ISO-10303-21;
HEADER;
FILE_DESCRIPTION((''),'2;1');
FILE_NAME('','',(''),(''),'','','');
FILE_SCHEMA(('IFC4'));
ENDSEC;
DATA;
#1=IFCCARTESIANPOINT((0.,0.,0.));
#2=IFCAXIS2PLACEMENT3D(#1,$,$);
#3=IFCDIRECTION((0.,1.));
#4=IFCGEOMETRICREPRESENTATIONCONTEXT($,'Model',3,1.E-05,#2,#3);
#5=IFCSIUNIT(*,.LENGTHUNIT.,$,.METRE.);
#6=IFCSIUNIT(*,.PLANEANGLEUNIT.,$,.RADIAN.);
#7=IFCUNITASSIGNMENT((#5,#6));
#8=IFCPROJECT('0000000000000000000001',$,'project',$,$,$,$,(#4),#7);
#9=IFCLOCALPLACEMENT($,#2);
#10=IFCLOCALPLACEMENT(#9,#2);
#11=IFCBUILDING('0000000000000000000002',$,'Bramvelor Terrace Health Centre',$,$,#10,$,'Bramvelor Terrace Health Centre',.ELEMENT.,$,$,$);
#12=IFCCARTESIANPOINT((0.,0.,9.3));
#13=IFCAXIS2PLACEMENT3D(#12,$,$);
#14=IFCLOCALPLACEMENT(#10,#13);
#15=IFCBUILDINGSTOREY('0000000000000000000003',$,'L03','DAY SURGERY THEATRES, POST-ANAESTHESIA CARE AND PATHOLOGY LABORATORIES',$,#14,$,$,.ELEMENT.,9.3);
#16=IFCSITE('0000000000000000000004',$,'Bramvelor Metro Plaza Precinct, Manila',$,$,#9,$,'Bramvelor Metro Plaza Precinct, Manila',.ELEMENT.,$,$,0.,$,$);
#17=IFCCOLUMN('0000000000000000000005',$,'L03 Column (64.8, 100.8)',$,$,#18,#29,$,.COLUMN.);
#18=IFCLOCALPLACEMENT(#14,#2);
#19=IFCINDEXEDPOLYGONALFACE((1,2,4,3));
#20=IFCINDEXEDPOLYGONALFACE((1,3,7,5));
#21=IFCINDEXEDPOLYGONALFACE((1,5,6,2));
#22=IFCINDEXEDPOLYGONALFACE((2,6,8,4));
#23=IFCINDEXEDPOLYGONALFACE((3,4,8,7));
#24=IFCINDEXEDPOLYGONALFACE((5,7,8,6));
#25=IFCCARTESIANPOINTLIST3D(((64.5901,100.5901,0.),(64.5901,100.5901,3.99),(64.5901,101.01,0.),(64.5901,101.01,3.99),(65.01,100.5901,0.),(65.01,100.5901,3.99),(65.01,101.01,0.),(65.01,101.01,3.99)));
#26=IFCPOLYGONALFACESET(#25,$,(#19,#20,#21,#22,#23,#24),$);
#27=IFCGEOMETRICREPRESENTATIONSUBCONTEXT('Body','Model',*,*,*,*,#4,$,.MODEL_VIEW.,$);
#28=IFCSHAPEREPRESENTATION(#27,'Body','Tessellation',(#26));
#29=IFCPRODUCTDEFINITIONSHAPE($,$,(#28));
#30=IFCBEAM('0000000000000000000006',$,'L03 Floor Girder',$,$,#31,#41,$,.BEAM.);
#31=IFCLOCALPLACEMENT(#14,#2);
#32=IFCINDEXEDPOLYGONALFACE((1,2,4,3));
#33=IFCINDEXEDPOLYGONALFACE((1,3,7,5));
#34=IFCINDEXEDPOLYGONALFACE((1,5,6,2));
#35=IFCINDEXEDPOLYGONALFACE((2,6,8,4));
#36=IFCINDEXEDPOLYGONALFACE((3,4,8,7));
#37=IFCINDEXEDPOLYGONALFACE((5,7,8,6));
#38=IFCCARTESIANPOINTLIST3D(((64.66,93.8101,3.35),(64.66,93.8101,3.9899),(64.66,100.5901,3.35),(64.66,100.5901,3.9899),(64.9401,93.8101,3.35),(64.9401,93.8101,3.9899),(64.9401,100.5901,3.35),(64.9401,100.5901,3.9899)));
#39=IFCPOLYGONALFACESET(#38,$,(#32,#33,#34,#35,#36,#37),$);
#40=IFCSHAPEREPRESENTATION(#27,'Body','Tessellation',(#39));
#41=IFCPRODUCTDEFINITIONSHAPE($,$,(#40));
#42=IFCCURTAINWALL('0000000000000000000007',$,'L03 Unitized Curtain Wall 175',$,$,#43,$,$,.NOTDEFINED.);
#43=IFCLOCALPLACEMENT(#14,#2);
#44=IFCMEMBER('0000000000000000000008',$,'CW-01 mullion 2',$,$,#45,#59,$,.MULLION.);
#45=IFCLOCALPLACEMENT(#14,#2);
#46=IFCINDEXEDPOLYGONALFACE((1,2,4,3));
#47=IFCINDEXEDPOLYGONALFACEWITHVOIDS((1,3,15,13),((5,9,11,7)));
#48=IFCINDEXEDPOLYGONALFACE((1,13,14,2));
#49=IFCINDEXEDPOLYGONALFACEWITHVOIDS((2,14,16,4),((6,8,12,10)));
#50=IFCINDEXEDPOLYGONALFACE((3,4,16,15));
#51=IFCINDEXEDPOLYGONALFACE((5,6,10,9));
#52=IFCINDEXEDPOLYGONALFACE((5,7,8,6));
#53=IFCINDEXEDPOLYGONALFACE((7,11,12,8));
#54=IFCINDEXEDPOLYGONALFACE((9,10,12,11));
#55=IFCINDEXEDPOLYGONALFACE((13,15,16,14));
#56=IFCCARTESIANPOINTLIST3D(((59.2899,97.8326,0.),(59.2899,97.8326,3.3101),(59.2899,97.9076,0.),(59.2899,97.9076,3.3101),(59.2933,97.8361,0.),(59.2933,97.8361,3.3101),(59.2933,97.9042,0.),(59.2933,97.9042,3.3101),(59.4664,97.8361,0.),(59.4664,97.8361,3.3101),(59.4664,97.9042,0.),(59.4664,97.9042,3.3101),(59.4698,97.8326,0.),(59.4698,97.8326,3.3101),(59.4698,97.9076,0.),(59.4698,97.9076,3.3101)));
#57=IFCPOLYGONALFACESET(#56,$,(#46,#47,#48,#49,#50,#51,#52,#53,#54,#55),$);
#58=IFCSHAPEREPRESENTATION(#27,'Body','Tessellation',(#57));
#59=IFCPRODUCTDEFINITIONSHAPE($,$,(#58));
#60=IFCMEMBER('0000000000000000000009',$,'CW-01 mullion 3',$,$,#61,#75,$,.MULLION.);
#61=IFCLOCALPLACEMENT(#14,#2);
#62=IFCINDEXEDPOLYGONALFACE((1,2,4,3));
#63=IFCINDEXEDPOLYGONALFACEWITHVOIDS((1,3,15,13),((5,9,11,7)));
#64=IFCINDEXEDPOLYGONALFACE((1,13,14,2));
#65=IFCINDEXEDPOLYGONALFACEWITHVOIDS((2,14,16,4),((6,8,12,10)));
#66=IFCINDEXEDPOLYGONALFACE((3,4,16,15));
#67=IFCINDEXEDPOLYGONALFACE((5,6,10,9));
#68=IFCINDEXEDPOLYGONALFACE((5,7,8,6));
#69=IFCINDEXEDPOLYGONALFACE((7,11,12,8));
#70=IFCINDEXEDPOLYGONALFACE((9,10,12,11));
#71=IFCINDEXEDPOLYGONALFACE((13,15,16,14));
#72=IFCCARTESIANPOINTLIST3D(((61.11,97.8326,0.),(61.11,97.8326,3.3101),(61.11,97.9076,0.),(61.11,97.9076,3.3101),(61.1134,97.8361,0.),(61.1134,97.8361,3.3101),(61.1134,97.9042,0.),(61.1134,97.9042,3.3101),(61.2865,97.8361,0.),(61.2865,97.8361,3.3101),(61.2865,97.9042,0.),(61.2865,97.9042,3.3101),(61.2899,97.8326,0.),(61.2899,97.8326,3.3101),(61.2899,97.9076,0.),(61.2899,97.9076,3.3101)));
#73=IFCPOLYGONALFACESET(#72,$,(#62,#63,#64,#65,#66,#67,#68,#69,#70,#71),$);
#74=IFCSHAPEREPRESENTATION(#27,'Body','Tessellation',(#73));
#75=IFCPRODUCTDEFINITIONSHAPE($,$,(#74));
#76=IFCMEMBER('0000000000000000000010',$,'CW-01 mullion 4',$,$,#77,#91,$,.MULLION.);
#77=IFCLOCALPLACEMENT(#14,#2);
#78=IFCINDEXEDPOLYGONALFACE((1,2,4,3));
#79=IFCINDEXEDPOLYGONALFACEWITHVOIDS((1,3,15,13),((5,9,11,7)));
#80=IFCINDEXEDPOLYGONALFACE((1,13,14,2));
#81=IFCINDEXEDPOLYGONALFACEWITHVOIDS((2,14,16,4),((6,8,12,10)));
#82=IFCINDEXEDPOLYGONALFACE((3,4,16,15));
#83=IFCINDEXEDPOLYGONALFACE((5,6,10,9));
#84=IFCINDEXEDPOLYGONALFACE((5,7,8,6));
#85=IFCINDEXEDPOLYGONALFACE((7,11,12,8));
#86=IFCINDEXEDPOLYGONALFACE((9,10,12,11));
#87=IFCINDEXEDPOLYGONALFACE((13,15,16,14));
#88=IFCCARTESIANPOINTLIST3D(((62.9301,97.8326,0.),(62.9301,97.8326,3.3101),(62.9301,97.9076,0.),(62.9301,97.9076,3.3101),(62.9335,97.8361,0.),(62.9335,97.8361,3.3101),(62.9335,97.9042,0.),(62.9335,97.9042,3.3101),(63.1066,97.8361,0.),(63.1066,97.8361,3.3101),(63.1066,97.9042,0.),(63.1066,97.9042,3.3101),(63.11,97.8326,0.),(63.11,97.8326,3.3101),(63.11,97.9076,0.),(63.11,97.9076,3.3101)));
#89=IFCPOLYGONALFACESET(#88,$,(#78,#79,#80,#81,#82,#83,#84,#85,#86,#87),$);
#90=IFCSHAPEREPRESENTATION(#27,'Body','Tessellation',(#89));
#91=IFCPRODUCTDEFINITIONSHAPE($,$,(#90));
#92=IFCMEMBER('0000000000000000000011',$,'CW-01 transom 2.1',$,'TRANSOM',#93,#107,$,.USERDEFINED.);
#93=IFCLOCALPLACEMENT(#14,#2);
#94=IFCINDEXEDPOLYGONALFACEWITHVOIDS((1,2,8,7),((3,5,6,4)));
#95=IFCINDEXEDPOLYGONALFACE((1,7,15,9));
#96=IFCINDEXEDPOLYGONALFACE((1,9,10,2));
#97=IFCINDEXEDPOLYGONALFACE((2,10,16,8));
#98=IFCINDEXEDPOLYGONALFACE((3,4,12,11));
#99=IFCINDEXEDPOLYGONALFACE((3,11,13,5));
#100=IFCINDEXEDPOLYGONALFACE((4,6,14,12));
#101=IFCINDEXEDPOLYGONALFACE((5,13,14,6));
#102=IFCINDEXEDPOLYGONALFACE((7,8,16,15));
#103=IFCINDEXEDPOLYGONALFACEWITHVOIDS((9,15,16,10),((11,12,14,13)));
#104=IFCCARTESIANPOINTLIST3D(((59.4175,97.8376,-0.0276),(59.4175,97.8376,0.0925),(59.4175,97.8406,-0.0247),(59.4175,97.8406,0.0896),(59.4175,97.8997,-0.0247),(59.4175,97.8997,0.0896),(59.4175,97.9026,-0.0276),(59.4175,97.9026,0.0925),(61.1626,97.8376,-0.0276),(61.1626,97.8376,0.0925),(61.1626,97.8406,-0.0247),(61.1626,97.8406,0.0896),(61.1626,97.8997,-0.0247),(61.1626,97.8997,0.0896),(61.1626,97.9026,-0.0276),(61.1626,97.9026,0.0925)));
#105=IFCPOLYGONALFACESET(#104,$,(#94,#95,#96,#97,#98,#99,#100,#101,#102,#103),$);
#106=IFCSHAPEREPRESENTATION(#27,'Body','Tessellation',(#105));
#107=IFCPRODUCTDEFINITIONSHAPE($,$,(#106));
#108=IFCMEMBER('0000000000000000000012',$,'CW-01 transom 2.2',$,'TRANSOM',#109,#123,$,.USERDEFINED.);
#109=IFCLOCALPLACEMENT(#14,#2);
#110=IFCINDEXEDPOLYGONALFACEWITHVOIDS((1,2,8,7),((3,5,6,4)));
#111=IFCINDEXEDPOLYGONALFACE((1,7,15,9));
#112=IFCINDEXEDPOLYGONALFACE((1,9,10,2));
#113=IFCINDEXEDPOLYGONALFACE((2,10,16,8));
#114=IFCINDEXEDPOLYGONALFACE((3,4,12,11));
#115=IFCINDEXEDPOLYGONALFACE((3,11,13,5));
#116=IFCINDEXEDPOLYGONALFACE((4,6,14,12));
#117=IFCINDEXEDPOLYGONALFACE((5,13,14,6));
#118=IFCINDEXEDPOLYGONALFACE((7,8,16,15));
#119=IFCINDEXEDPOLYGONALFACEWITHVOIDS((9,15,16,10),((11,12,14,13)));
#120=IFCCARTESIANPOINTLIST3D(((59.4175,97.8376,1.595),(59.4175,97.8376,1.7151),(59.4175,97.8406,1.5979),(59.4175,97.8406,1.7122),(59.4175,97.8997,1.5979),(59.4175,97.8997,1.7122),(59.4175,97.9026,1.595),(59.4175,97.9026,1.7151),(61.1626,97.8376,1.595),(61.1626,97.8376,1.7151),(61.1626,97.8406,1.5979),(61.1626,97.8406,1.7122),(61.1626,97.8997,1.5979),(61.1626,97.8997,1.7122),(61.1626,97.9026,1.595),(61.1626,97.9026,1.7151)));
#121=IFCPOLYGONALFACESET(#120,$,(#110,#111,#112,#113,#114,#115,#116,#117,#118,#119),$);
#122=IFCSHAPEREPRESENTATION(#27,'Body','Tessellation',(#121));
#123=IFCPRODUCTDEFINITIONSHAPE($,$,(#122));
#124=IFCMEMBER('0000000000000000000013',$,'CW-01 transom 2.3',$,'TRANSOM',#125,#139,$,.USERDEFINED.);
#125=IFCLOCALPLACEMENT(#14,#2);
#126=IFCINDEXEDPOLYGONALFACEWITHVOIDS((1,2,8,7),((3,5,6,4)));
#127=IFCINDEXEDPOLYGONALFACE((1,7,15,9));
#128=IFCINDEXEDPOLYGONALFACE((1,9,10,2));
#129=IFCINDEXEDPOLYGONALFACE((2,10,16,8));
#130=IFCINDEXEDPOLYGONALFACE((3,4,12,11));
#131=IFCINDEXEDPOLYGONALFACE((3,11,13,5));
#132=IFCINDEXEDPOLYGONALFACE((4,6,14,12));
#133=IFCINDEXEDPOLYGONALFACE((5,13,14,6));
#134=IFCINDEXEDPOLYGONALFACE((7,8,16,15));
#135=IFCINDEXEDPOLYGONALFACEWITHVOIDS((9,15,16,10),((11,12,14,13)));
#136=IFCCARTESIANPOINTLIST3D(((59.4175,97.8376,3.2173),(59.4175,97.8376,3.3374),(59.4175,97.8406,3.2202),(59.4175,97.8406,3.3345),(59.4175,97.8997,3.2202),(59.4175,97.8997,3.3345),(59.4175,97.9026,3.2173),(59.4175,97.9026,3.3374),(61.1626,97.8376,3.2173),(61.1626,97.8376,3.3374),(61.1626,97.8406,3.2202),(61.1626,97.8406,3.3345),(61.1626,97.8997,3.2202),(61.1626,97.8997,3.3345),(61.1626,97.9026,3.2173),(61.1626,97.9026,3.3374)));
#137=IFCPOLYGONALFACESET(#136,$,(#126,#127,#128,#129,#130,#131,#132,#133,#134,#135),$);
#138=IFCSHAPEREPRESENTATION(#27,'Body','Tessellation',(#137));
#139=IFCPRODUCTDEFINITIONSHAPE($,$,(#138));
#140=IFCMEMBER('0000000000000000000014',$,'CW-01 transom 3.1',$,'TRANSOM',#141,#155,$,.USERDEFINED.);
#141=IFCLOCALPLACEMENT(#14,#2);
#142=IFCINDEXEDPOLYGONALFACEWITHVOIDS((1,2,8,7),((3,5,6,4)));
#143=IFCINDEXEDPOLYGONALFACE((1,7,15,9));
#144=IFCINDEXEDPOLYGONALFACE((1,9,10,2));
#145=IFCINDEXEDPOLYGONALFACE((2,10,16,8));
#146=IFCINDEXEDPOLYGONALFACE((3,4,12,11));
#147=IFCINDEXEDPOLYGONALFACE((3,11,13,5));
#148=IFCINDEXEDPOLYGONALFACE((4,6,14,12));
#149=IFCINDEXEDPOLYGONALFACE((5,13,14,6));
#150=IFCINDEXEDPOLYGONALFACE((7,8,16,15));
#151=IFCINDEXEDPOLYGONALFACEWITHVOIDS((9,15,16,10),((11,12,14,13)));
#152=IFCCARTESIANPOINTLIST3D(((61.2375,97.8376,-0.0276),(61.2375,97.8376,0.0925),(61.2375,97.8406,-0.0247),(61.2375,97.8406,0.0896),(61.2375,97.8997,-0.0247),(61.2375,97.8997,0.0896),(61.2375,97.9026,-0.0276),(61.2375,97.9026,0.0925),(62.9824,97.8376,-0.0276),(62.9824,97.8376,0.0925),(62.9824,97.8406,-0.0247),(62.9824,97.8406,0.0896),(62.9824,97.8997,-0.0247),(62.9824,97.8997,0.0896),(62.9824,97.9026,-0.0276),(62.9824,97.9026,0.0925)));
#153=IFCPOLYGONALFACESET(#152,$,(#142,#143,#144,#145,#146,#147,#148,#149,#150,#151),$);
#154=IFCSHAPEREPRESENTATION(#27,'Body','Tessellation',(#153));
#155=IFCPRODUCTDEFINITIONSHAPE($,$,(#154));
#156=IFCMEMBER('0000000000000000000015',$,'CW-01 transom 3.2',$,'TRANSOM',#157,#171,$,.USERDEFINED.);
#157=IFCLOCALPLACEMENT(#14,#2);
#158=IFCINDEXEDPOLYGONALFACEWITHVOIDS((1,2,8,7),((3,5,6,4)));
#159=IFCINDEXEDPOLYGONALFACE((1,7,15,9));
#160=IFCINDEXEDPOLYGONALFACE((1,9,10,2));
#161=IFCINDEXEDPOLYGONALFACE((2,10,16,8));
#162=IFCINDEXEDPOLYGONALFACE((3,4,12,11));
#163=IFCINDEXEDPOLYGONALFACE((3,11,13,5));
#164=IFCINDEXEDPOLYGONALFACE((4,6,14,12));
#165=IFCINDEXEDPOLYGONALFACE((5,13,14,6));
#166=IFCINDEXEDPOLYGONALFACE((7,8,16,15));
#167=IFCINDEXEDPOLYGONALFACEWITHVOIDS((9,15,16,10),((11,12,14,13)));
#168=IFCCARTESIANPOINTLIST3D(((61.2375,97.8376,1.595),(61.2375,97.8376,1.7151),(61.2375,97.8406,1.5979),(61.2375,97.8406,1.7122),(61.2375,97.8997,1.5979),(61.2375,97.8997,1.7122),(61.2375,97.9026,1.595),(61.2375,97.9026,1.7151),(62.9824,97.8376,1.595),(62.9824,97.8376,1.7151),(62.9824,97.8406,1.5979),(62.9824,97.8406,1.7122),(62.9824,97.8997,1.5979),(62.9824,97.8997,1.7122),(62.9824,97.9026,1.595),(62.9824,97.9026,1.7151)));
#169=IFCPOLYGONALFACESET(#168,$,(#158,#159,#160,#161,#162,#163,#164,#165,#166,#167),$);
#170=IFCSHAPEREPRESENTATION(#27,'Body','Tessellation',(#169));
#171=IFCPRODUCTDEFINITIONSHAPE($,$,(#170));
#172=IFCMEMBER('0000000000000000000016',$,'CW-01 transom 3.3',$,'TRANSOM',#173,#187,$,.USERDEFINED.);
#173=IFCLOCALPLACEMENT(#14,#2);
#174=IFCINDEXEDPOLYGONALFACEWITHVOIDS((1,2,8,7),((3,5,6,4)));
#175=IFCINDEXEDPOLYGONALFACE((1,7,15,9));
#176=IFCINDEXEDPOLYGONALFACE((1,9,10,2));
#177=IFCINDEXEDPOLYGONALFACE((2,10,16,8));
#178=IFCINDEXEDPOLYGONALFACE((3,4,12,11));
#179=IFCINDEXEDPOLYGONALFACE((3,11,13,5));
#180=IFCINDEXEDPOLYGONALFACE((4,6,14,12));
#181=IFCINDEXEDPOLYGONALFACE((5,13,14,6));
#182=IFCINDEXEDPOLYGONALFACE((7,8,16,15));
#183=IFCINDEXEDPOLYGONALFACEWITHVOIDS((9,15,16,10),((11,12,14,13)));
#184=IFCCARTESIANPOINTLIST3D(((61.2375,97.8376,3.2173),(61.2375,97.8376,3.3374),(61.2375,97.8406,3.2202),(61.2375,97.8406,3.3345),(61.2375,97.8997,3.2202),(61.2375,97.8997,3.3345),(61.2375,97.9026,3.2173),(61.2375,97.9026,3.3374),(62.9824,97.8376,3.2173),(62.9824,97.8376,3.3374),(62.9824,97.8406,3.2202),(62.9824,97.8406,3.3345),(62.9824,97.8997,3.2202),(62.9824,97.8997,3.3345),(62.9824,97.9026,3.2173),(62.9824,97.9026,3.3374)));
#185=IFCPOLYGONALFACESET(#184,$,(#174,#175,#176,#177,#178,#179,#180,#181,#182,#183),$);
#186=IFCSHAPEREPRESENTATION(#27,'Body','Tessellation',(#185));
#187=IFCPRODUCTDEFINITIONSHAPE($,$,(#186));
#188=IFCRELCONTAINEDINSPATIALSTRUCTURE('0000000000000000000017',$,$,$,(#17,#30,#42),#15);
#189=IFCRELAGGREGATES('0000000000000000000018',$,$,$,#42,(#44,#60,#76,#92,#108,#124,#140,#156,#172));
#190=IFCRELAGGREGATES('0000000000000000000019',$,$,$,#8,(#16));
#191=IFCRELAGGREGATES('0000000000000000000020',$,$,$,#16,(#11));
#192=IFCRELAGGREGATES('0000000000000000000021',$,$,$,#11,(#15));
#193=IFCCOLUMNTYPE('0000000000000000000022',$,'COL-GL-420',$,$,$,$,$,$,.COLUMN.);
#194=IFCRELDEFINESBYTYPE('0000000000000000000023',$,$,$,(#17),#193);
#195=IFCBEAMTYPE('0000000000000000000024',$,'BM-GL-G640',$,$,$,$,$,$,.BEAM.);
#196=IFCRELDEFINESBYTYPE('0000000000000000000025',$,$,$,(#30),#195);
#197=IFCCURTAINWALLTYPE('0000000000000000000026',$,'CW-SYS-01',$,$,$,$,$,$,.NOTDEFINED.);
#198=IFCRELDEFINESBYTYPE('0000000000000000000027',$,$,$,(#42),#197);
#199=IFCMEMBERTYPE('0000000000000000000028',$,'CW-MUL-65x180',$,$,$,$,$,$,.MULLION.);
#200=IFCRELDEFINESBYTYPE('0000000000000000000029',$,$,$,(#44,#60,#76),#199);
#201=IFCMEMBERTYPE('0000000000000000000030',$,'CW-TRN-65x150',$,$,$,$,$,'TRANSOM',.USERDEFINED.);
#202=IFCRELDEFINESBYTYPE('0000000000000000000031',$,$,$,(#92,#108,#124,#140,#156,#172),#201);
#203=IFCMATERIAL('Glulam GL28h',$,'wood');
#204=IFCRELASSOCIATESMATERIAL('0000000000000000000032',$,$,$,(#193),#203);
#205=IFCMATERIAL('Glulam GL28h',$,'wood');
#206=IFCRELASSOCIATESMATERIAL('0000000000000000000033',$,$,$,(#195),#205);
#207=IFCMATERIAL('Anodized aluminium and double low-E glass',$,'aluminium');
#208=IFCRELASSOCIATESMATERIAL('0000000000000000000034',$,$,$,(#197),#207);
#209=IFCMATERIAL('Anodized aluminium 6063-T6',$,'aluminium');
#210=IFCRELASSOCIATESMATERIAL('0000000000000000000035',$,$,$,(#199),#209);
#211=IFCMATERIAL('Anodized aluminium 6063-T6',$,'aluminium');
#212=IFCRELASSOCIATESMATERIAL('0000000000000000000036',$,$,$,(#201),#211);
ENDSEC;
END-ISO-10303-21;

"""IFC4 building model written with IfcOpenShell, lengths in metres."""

from ifc_helpers import new_model, si_unit, direction, frame, origin, origin_2d, place, context, subcontext, project, spatial, rectangle, hollow_rectangle, extrude, material, material_profile, profile_set, type_object, element, aggregate, save


model = new_model("IFC4")

# Units and contexts
model_context = context("Model", 3, precision=1e-05, world=origin(), true_north=direction((0.0, 1.0)))
body_context = subcontext(model_context, "Body", "Model", "MODEL_VIEW")
ifc_project = project(units=[si_unit("LENGTHUNIT", "METRE"), si_unit("PLANEANGLEUNIT", "RADIAN")], contexts=[model_context])

# Site, building, storey
site_placement = place(None, origin())
site = spatial("IfcSite", under=ifc_project, at=site_placement, Name="Bramvelor Metro Plaza Precinct, Manila", LongName="Bramvelor Metro Plaza Precinct, Manila", CompositionType="ELEMENT", RefElevation=0.0)
building_placement = place(site_placement, origin())
building = spatial("IfcBuilding", under=site, at=building_placement, Name="Bramvelor Terrace Health Centre", LongName="Bramvelor Terrace Health Centre", CompositionType="ELEMENT")
storey_placement = place(building_placement, frame((0.0, 0.0, 9.3)))
storey = spatial("IfcBuildingStorey", under=building, at=storey_placement, Name="L03", Description="DAY SURGERY THEATRES, POST-ANAESTHESIA CARE AND PATHOLOGY LABORATORIES", CompositionType="ELEMENT", Elevation=9.3)

# Column
ifc_material_1 = material(Name="Glulam GL28h", Category="wood")
ifc_material_profile_1 = material_profile(ifc_material_1, rectangle(XDim=0.4199, YDim=0.4199, at=origin_2d()), Name="GL 420x420")
ifc_profile_set_1 = profile_set([ifc_material_profile_1], Name="Glulam GL28h")
column_type = type_object("IfcColumnType", Name="COL-GL-420", PredefinedType="COLUMN", material=ifc_profile_set_1)
column_placement = place(storey_placement, frame((64.8, 100.8, 0.0), z_axis=(0.0, 0.0, 1.0), x_axis=(1.0, 0.0, 0.0)))
element("IfcColumn", 1, at=column_placement, inside=storey, type_object=column_type, Name="L03 Column (64.8, 100.8)", PredefinedType="COLUMN", context=body_context, shape_type="SweptSolid", body=[
    extrude(rectangle(XDim=0.4199, YDim=0.4199, at=origin_2d()), origin(), (0.0, 0.0, 1.0), 3.99),
])

# Beam
ifc_material_2 = material(Name="Glulam GL28h", Category="wood")
ifc_material_profile_2 = material_profile(ifc_material_2, rectangle(XDim=0.28, YDim=0.6399, at=origin_2d()), Name="GL 280x640")
ifc_profile_set_2 = profile_set([ifc_material_profile_2], Name="Glulam GL28h")
beam_type = type_object("IfcBeamType", Name="BM-GL-G640", PredefinedType="BEAM", material=ifc_profile_set_2)
beam_placement = place(storey_placement, frame((64.8, 93.8101, 3.6699), z_axis=(0.0, 1.0, 0.0), x_axis=(-1.0, 0.0, 0.0)))
element("IfcBeam", 2, at=beam_placement, inside=storey, type_object=beam_type, Name="L03 Floor Girder", PredefinedType="BEAM", context=body_context, shape_type="SweptSolid", body=[
    extrude(rectangle(XDim=0.28, YDim=0.6399, at=origin_2d()), origin(), (0.0, 0.0, 1.0), 6.78),
])

# Curtain wall, members
ifc_material_3 = material(Name="Anodized aluminium and double low-E glass", Category="aluminium")
curtain_wall_type = type_object("IfcCurtainWallType", Name="CW-SYS-01", PredefinedType="NOTDEFINED", material=ifc_material_3)
curtain_wall_placement = place(storey_placement, origin())
curtain_wall = element("IfcCurtainWall", 3, at=curtain_wall_placement, inside=storey, type_object=curtain_wall_type, Name="L03 Unitized Curtain Wall 175", PredefinedType="NOTDEFINED")
ifc_material_4 = material(Name="Anodized aluminium 6063-T6", Category="aluminium")
ifc_material_profile_3 = material_profile(ifc_material_4, hollow_rectangle(XDim=0.075, YDim=0.1799, WallThickness=0.0034, at=origin_2d()), Name="ALU-MUL 75x180x3.5")
ifc_profile_set_3 = profile_set([ifc_material_profile_3], Name="Anodized aluminium 6063-T6")
member_type_1 = type_object("IfcMemberType", Name="CW-MUL-65x180", PredefinedType="MULLION", material=ifc_profile_set_3)
member_1_placement = place(storey_placement, frame((59.3799, 97.8701, 0.0), z_axis=(0.0, 0.0, 1.0), x_axis=(0.0, 1.0, 0.0)))
member_1 = element("IfcMember", 4, at=member_1_placement, type_object=member_type_1, Name="CW-01 mullion 2", PredefinedType="MULLION", context=body_context, shape_type="SweptSolid", body=[
    extrude(hollow_rectangle(XDim=0.075, YDim=0.1799, WallThickness=0.0034, at=origin_2d()), origin(), (0.0, 0.0, 1.0), 3.3101),
])
member_2_placement = place(storey_placement, frame((61.2, 97.8701, 0.0), z_axis=(0.0, 0.0, 1.0), x_axis=(0.0, 1.0, 0.0)))
member_2 = element("IfcMember", 5, at=member_2_placement, type_object=member_type_1, Name="CW-01 mullion 3", PredefinedType="MULLION", context=body_context, shape_type="SweptSolid", body=[
    extrude(hollow_rectangle(XDim=0.075, YDim=0.1799, WallThickness=0.0034, at=origin_2d()), origin(), (0.0, 0.0, 1.0), 3.3101),
])
member_3_placement = place(storey_placement, frame((63.02, 97.8701, 0.0), z_axis=(0.0, 0.0, 1.0), x_axis=(0.0, 1.0, 0.0)))
member_3 = element("IfcMember", 6, at=member_3_placement, type_object=member_type_1, Name="CW-01 mullion 4", PredefinedType="MULLION", context=body_context, shape_type="SweptSolid", body=[
    extrude(hollow_rectangle(XDim=0.075, YDim=0.1799, WallThickness=0.0034, at=origin_2d()), origin(), (0.0, 0.0, 1.0), 3.3101),
])
ifc_material_5 = material(Name="Anodized aluminium 6063-T6", Category="aluminium")
ifc_material_profile_4 = material_profile(ifc_material_5, hollow_rectangle(XDim=0.0649, YDim=0.1201, WallThickness=0.0029, at=origin_2d()), Name="ALU-TRN 65x120x3.0")
ifc_profile_set_4 = profile_set([ifc_material_profile_4], Name="Anodized aluminium 6063-T6")
member_type_2 = type_object("IfcMemberType", Name="CW-TRN-65x150", ElementType="TRANSOM", PredefinedType="USERDEFINED", material=ifc_profile_set_4)
member_4_placement = place(storey_placement, frame((59.4175, 97.8701, 0.0325), z_axis=(1.0, 0.0, 0.0), x_axis=(0.0, 1.0, 0.0)))
member_4 = element("IfcMember", 7, at=member_4_placement, type_object=member_type_2, Name="CW-01 transom 2.1", ObjectType="TRANSOM", PredefinedType="USERDEFINED", context=body_context, shape_type="SweptSolid", body=[
    extrude(hollow_rectangle(XDim=0.0649, YDim=0.1201, WallThickness=0.0029, at=origin_2d()), origin(), (0.0, 0.0, 1.0), 1.7451),
])
member_5_placement = place(storey_placement, frame((59.4175, 97.8701, 1.655), z_axis=(1.0, 0.0, 0.0), x_axis=(0.0, 1.0, 0.0)))
member_5 = element("IfcMember", 8, at=member_5_placement, type_object=member_type_2, Name="CW-01 transom 2.2", ObjectType="TRANSOM", PredefinedType="USERDEFINED", context=body_context, shape_type="SweptSolid", body=[
    extrude(hollow_rectangle(XDim=0.0649, YDim=0.1201, WallThickness=0.0029, at=origin_2d()), origin(), (0.0, 0.0, 1.0), 1.7451),
])
member_6_placement = place(storey_placement, frame((59.4175, 97.8701, 3.2773), z_axis=(1.0, 0.0, 0.0), x_axis=(0.0, 1.0, 0.0)))
member_6 = element("IfcMember", 9, at=member_6_placement, type_object=member_type_2, Name="CW-01 transom 2.3", ObjectType="TRANSOM", PredefinedType="USERDEFINED", context=body_context, shape_type="SweptSolid", body=[
    extrude(hollow_rectangle(XDim=0.0649, YDim=0.1201, WallThickness=0.0029, at=origin_2d()), origin(), (0.0, 0.0, 1.0), 1.7451),
])
member_7_placement = place(storey_placement, frame((61.2375, 97.8701, 0.0325), z_axis=(1.0, 0.0, 0.0), x_axis=(0.0, 1.0, 0.0)))
member_7 = element("IfcMember", 10, at=member_7_placement, type_object=member_type_2, Name="CW-01 transom 3.1", ObjectType="TRANSOM", PredefinedType="USERDEFINED", context=body_context, shape_type="SweptSolid", body=[
    extrude(hollow_rectangle(XDim=0.0649, YDim=0.1201, WallThickness=0.0029, at=origin_2d()), origin(), (0.0, 0.0, 1.0), 1.7449),
])
member_8_placement = place(storey_placement, frame((61.2375, 97.8701, 1.655), z_axis=(1.0, 0.0, 0.0), x_axis=(0.0, 1.0, 0.0)))
member_8 = element("IfcMember", 11, at=member_8_placement, type_object=member_type_2, Name="CW-01 transom 3.2", ObjectType="TRANSOM", PredefinedType="USERDEFINED", context=body_context, shape_type="SweptSolid", body=[
    extrude(hollow_rectangle(XDim=0.0649, YDim=0.1201, WallThickness=0.0029, at=origin_2d()), origin(), (0.0, 0.0, 1.0), 1.7449),
])
member_9_placement = place(storey_placement, frame((61.2375, 97.8701, 3.2773), z_axis=(1.0, 0.0, 0.0), x_axis=(0.0, 1.0, 0.0)))
member_9 = element("IfcMember", 12, at=member_9_placement, type_object=member_type_2, Name="CW-01 transom 3.3", ObjectType="TRANSOM", PredefinedType="USERDEFINED", context=body_context, shape_type="SweptSolid", body=[
    extrude(hollow_rectangle(XDim=0.0649, YDim=0.1201, WallThickness=0.0029, at=origin_2d()), origin(), (0.0, 0.0, 1.0), 1.7449),
])
aggregate(curtain_wall, [member_1, member_2, member_3, member_4, member_5, member_6, member_7, member_8, member_9])

save(model, "model.ifc")
